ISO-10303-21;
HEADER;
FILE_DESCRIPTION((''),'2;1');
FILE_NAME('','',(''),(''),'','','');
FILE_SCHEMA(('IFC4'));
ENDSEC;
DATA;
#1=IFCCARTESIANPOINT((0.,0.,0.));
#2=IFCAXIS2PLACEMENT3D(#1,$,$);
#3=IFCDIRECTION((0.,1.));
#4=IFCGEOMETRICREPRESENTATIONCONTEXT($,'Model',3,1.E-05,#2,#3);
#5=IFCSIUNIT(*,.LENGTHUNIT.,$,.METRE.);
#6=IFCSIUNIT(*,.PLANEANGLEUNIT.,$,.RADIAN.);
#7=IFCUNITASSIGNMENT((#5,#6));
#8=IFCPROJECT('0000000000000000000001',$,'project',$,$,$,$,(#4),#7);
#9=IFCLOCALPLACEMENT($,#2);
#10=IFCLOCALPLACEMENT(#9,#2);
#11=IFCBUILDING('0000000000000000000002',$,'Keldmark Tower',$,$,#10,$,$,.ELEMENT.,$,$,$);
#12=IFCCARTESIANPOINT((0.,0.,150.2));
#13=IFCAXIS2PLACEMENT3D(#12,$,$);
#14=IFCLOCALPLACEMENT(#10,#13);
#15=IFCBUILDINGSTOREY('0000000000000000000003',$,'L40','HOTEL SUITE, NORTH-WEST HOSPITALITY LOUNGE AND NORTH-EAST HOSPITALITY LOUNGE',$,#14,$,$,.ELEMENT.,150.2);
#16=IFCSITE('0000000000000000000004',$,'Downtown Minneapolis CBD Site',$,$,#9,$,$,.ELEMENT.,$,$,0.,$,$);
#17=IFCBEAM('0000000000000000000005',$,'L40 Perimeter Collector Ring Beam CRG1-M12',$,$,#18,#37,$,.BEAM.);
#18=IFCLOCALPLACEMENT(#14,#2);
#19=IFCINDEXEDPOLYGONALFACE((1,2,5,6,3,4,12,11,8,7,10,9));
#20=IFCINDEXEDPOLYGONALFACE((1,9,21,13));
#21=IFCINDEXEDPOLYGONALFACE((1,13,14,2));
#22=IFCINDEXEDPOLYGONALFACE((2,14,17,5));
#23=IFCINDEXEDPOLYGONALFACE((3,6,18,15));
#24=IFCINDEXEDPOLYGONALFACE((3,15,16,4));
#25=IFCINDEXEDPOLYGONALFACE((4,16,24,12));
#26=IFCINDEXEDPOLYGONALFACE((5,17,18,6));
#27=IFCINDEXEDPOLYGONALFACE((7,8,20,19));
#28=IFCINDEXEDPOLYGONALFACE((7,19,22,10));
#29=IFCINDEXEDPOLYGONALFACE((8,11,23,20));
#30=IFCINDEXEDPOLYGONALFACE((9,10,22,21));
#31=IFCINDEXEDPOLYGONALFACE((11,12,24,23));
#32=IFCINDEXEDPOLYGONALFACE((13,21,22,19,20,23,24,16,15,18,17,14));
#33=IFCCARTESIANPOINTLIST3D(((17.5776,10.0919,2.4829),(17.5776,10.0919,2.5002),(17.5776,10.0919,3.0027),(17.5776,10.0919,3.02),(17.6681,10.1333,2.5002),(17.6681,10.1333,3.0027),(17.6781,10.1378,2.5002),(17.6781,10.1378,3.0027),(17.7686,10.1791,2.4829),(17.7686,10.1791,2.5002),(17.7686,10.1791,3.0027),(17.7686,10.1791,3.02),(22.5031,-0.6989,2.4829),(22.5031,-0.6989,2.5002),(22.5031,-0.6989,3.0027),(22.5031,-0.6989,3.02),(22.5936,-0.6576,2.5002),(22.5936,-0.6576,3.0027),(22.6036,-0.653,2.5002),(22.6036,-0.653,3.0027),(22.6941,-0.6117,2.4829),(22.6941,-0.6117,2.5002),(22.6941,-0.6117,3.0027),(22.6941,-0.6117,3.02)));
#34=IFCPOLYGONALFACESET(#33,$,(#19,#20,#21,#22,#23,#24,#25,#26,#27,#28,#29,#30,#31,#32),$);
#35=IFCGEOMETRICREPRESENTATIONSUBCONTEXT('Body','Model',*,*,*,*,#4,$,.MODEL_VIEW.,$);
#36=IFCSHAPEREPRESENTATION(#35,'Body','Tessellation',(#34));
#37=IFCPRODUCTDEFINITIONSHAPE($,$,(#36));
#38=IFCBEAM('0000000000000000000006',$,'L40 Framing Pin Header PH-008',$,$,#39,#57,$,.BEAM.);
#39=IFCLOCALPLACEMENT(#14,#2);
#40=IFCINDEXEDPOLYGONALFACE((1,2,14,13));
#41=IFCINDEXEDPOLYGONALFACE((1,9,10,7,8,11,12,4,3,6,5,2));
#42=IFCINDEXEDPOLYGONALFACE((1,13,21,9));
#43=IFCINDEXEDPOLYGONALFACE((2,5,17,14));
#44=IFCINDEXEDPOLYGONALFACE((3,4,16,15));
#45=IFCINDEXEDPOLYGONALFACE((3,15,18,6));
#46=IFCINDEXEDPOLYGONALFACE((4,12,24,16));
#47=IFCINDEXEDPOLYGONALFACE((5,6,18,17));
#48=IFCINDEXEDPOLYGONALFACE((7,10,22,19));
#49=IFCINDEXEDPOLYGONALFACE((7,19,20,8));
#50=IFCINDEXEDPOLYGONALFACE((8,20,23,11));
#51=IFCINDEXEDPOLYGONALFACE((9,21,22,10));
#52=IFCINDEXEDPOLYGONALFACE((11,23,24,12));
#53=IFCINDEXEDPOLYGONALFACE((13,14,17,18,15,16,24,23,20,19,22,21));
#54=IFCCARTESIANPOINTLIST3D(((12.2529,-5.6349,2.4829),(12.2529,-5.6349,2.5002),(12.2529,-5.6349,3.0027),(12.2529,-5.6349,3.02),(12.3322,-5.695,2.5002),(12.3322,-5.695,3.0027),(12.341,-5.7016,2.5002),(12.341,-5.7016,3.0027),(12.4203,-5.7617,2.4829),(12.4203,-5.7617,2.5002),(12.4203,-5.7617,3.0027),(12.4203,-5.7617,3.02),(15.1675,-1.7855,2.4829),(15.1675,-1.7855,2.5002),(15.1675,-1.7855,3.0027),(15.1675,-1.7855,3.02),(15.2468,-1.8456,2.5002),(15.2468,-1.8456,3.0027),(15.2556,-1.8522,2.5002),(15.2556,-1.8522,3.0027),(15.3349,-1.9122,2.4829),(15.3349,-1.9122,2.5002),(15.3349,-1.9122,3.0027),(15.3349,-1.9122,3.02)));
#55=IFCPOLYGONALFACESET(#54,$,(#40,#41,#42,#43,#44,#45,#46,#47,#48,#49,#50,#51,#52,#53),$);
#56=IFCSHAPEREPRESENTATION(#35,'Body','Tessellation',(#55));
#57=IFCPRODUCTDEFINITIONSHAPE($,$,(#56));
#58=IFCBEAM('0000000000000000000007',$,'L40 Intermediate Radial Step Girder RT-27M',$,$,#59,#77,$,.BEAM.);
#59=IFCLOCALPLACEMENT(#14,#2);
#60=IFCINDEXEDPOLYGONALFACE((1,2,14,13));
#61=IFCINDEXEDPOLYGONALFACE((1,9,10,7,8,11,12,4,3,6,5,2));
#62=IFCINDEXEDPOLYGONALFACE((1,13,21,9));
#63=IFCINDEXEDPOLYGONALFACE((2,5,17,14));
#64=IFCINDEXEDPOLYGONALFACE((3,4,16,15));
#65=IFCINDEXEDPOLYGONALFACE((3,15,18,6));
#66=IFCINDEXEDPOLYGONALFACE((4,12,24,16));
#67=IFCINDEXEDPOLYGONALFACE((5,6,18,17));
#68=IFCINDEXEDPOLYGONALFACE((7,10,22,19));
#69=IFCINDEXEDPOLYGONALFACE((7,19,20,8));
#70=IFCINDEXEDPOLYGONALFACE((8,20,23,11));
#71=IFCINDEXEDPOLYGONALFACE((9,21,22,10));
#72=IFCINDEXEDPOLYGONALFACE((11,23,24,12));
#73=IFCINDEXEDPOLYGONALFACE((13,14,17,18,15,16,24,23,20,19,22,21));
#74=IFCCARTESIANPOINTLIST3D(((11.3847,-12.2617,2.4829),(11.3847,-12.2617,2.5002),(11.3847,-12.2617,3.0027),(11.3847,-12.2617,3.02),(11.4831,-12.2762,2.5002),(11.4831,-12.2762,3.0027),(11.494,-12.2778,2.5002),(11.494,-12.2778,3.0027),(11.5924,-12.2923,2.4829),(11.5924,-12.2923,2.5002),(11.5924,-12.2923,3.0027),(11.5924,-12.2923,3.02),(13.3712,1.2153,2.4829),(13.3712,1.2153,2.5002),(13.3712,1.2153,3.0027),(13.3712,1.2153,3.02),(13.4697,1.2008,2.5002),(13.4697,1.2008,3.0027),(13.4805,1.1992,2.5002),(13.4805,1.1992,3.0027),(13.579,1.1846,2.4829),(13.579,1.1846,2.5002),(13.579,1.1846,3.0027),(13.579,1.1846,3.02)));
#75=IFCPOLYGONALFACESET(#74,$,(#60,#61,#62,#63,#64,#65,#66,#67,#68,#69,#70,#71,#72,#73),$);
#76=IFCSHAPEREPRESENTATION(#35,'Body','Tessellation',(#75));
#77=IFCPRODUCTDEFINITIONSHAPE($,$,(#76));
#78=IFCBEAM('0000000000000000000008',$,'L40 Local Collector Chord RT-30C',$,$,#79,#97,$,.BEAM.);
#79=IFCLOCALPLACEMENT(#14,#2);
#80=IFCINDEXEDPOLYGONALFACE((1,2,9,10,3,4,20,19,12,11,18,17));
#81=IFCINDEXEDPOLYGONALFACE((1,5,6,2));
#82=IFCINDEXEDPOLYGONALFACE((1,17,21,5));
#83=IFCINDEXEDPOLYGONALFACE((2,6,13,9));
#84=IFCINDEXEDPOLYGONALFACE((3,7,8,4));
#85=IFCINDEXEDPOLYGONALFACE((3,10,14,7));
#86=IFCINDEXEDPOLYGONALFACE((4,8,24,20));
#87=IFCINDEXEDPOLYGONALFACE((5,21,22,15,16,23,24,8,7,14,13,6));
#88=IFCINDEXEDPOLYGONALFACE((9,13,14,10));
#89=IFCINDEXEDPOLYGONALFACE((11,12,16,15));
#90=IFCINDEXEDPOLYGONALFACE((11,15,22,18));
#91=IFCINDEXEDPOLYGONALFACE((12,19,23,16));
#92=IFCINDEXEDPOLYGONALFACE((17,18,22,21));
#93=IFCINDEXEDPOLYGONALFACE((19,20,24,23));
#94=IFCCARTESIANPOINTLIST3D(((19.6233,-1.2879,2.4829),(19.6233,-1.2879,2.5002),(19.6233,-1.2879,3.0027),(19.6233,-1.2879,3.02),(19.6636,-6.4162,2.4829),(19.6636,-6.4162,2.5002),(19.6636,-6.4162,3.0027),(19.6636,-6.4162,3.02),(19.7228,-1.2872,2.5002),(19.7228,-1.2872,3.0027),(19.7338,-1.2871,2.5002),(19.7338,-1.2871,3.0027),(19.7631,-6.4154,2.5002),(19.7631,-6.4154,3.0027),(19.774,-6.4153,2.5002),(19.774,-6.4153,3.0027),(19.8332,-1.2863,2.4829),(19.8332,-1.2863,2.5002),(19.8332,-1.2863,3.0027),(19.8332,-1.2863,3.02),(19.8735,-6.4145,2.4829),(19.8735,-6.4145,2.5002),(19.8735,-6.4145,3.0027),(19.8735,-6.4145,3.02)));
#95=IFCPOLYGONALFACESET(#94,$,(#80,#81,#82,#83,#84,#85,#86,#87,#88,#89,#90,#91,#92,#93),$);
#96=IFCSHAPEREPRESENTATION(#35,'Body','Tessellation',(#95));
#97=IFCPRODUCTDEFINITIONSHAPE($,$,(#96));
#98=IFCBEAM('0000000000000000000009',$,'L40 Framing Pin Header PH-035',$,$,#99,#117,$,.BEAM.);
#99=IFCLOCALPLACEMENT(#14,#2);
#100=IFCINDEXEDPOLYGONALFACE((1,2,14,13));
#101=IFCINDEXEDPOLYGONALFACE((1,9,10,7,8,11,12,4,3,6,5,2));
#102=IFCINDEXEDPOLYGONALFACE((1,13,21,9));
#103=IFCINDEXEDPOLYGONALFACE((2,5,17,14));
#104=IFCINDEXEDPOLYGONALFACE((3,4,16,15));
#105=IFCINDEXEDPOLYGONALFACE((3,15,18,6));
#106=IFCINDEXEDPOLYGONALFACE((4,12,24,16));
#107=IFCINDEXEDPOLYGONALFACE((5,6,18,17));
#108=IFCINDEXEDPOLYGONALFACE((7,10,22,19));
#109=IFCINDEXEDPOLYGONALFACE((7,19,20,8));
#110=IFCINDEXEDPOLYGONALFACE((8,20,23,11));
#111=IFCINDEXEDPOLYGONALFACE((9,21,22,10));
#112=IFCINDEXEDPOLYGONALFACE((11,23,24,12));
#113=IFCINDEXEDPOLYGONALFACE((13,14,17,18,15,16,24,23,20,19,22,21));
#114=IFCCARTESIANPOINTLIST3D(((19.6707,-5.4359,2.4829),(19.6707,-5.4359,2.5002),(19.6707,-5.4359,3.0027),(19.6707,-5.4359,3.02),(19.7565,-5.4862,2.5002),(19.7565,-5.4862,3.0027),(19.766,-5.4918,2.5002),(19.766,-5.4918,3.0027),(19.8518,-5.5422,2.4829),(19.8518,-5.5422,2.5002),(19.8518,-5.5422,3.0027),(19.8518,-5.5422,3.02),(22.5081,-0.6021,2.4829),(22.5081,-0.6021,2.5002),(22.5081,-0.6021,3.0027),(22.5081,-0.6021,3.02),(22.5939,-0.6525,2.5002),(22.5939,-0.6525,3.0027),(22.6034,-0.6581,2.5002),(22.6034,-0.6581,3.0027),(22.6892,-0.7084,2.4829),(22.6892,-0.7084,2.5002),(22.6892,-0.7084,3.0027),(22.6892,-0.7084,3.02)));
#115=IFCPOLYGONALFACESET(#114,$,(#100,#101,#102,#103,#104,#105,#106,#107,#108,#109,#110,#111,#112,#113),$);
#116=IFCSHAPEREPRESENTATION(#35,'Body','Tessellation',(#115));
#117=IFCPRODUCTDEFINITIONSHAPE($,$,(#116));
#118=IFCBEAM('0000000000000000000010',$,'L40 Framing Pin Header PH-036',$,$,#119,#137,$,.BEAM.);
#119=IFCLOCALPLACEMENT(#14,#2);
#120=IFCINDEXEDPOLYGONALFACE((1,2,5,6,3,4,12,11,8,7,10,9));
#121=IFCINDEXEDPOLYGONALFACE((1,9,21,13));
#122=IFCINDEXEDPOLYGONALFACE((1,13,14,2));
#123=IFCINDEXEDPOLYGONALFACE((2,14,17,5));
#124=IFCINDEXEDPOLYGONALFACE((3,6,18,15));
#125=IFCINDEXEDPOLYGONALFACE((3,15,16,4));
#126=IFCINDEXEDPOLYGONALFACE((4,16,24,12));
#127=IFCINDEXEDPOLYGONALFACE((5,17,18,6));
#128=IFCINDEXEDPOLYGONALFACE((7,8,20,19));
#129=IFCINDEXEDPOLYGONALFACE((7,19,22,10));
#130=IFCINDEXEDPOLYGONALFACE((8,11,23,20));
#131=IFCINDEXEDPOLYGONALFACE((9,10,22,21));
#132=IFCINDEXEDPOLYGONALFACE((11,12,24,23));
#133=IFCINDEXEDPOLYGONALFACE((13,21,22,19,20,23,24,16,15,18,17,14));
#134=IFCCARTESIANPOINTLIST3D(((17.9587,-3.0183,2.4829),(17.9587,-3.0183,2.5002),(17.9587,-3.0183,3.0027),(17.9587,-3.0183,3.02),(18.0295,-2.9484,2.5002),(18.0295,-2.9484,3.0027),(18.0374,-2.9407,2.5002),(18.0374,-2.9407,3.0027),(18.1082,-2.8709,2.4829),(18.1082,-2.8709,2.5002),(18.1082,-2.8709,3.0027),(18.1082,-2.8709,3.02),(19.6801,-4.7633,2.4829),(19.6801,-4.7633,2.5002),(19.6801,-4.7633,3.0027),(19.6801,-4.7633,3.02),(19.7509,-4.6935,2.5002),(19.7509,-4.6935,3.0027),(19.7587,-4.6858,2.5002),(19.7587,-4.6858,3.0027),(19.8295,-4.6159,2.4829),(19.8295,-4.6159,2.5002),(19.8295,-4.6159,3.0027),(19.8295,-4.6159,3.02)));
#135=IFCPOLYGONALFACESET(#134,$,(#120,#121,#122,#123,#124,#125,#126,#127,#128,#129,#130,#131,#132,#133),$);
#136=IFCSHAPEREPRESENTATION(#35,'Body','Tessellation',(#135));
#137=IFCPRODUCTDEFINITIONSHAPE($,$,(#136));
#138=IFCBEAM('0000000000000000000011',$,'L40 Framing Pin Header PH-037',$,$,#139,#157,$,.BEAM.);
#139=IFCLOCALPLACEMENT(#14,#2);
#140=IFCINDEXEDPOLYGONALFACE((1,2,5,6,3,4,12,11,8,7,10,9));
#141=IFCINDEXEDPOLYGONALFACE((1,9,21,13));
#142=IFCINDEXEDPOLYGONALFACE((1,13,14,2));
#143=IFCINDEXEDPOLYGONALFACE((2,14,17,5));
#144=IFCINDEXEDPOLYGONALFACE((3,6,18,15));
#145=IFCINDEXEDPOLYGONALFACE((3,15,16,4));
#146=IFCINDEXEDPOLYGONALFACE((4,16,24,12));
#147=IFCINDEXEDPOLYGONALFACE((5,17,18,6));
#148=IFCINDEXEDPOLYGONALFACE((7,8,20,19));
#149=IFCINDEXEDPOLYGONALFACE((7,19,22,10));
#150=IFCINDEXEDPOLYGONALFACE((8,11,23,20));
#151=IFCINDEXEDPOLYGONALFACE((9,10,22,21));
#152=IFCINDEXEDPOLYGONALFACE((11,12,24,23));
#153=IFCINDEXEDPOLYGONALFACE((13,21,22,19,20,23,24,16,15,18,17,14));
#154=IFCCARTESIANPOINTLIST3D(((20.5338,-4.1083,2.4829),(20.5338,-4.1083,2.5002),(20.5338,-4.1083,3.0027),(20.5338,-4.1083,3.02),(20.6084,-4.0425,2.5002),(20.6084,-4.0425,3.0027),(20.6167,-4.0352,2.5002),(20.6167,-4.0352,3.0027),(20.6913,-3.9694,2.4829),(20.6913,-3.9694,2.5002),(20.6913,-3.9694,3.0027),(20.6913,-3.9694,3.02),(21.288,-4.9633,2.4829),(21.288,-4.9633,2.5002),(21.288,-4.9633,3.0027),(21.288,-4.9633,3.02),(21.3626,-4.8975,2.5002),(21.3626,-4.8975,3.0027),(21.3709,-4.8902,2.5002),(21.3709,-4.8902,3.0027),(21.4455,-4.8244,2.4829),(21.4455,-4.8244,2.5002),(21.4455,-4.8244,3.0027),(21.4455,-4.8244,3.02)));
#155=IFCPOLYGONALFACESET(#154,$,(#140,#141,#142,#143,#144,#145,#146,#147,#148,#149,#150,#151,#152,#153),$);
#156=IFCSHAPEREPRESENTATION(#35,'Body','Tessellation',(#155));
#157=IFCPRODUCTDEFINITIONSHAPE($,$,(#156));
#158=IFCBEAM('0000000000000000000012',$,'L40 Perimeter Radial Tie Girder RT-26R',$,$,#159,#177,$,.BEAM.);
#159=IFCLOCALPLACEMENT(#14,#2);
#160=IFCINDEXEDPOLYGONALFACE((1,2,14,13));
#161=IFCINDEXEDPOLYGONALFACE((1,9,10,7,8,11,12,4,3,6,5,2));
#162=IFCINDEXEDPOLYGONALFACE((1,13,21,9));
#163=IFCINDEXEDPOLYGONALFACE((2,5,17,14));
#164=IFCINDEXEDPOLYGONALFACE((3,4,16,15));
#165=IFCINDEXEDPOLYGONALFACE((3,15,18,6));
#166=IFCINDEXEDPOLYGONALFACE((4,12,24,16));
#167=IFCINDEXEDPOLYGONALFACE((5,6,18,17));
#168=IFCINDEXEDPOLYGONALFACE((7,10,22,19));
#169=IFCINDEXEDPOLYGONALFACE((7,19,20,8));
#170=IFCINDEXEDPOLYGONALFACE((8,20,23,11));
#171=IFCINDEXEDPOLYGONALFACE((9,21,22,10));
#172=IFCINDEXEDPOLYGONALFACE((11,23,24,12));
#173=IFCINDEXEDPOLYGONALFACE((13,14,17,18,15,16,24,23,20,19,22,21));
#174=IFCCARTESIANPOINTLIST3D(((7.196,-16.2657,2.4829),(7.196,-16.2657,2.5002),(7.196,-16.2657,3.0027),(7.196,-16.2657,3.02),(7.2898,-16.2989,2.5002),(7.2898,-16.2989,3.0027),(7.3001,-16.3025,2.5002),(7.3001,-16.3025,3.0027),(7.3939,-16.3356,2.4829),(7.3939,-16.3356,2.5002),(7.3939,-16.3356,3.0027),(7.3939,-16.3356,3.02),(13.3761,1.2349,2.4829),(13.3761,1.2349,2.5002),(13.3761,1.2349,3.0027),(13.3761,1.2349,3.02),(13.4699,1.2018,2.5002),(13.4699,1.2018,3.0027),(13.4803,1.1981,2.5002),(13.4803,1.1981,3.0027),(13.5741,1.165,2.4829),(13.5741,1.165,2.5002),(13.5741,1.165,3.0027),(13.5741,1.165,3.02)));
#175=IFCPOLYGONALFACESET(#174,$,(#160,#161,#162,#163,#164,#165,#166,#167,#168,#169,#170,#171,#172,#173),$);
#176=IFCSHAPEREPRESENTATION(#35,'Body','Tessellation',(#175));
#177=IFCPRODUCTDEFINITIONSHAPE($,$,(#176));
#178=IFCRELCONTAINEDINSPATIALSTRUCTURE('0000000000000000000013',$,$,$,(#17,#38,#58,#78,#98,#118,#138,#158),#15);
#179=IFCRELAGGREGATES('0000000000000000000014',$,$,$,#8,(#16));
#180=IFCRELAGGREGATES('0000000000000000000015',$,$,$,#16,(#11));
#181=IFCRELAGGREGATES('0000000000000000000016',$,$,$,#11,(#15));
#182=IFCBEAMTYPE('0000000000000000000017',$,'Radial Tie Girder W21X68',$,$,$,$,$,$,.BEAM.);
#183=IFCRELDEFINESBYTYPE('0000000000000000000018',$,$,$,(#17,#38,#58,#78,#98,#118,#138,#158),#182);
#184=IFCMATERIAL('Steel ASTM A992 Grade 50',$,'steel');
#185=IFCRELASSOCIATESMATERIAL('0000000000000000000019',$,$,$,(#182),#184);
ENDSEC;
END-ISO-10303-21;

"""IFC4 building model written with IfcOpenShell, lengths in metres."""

from ifc_helpers import new_model, si_unit, direction, frame, origin, origin_2d, place, context, subcontext, project, spatial, i_section, extrude, material, material_profile, profile_set, type_object, element, save


model = new_model("IFC4")

# Units and contexts
model_context = context("Model", 3, precision=1e-05, world=origin(), true_north=direction((0.0, 1.0)))
body_context = subcontext(model_context, "Body", "Model", "MODEL_VIEW")
ifc_project = project(units=[si_unit("LENGTHUNIT", "METRE"), si_unit("PLANEANGLEUNIT", "RADIAN")], contexts=[model_context])

# Site, building, storey
site_placement = place(None, origin())
site = spatial("IfcSite", under=ifc_project, at=site_placement, Name="Downtown Minneapolis CBD Site", CompositionType="ELEMENT", RefElevation=0.0)
building_placement = place(site_placement, origin())
building = spatial("IfcBuilding", under=site, at=building_placement, Name="Keldmark Tower", CompositionType="ELEMENT")
storey_placement = place(building_placement, frame((0.0, 0.0, 150.2)))
storey = spatial("IfcBuildingStorey", under=building, at=storey_placement, Name="L40", Description="HOTEL SUITE, NORTH-WEST HOSPITALITY LOUNGE AND NORTH-EAST HOSPITALITY LOUNGE", CompositionType="ELEMENT", Elevation=150.2)

# Beams
ifc_material_1 = material(Name="Steel ASTM A992 Grade 50", Category="steel")
ifc_material_profile_1 = material_profile(ifc_material_1, i_section(OverallWidth=0.21, OverallDepth=0.5371, WebThickness=0.011, FlangeThickness=0.0173, at=origin_2d()), Name="W21X68")
ifc_profile_set_1 = profile_set([ifc_material_profile_1], Name="Steel ASTM A992 Grade 50")
beam_type_1 = type_object("IfcBeamType", Name="Radial Tie Girder W21X68", PredefinedType="BEAM", material=ifc_profile_set_1)
beam_1_placement = place(storey_placement, frame((22.5986, -0.6553, 2.7515), z_axis=(-0.415245, 0.90971, 0.0), x_axis=(-0.90971, -0.415245, 0.0)))
element("IfcBeam", 1, at=beam_1_placement, inside=storey, type_object=beam_type_1, Name="L40 Perimeter Collector Ring Beam CRG1-M12", PredefinedType="BEAM", context=body_context, shape_type="SweptSolid", body=[
    extrude(i_section(OverallWidth=0.21, OverallDepth=0.5371, WebThickness=0.011, FlangeThickness=0.0173, at=origin_2d()), origin(), (0.0, 0.0, 1.0), 11.8618),
])
beam_2_placement = place(storey_placement, frame((15.2512, -1.8489, 2.7515), z_axis=(-0.603643, -0.797255, 0.0), x_axis=(0.797255, -0.603643, 0.0)))
element("IfcBeam", 2, at=beam_2_placement, inside=storey, type_object=beam_type_1, Name="L40 Framing Pin Header PH-008", PredefinedType="BEAM", context=body_context, shape_type="SweptSolid", body=[
    extrude(i_section(OverallWidth=0.21, OverallDepth=0.5371, WebThickness=0.011, FlangeThickness=0.0173, at=origin_2d()), origin(), (0.0, 0.0, 1.0), 4.8284),
])
beam_3_placement = place(storey_placement, frame((13.4751, 1.2, 2.7515), z_axis=(-0.145828, -0.98931, 0.0), x_axis=(0.98931, -0.145828, 0.0)))
element("IfcBeam", 3, at=beam_3_placement, inside=storey, type_object=beam_type_1, Name="L40 Intermediate Radial Step Girder RT-27M", PredefinedType="BEAM", context=body_context, shape_type="SweptSolid", body=[
    extrude(i_section(OverallWidth=0.21, OverallDepth=0.5371, WebThickness=0.011, FlangeThickness=0.0173, at=origin_2d()), origin(), (0.0, 0.0, 1.0), 13.6226),
])
beam_4_placement = place(storey_placement, frame((19.7283, -1.2871, 2.7515), z_axis=(0.007855, -0.999969, 0.0), x_axis=(0.999969, 0.007855, 0.0)))
element("IfcBeam", 4, at=beam_4_placement, inside=storey, type_object=beam_type_1, Name="L40 Local Collector Chord RT-30C", PredefinedType="BEAM", context=body_context, shape_type="SweptSolid", body=[
    extrude(i_section(OverallWidth=0.21, OverallDepth=0.5371, WebThickness=0.011, FlangeThickness=0.0173, at=origin_2d()), origin(), (0.0, 0.0, 1.0), 5.1284),
])
beam_5_placement = place(storey_placement, frame((22.5986, -0.6553, 2.7515), z_axis=(-0.506228, -0.8624, 0.0), x_axis=(0.8624, -0.506228, 0.0)))
element("IfcBeam", 5, at=beam_5_placement, inside=storey, type_object=beam_type_1, Name="L40 Framing Pin Header PH-035", PredefinedType="BEAM", context=body_context, shape_type="SweptSolid", body=[
    extrude(i_section(OverallWidth=0.21, OverallDepth=0.5371, WebThickness=0.011, FlangeThickness=0.0173, at=origin_2d()), origin(), (0.0, 0.0, 1.0), 5.605),
])
beam_6_placement = place(storey_placement, frame((18.0334, -2.9446, 2.7515), z_axis=(0.70226, -0.711921, 0.0), x_axis=(0.711921, 0.70226, 0.0)))
element("IfcBeam", 6, at=beam_6_placement, inside=storey, type_object=beam_type_1, Name="L40 Framing Pin Header PH-036", PredefinedType="BEAM", context=body_context, shape_type="SweptSolid", body=[
    extrude(i_section(OverallWidth=0.21, OverallDepth=0.5371, WebThickness=0.011, FlangeThickness=0.0173, at=origin_2d()), origin(), (0.0, 0.0, 1.0), 2.4512),
])
beam_7_placement = place(storey_placement, frame((20.6125, -4.0388, 2.7515), z_axis=(0.661501, -0.749944, 0.0), x_axis=(0.749944, 0.661501, 0.0)))
element("IfcBeam", 7, at=beam_7_placement, inside=storey, type_object=beam_type_1, Name="L40 Framing Pin Header PH-037", PredefinedType="BEAM", context=body_context, shape_type="SweptSolid", body=[
    extrude(i_section(OverallWidth=0.21, OverallDepth=0.5371, WebThickness=0.011, FlangeThickness=0.0173, at=origin_2d()), origin(), (0.0, 0.0, 1.0), 1.1401),
])
beam_8_placement = place(storey_placement, frame((13.4751, 1.2, 2.7515), z_axis=(-0.332985, -0.942932, 0.0), x_axis=(0.942932, -0.332985, 0.0)))
element("IfcBeam", 8, at=beam_8_placement, inside=storey, type_object=beam_type_1, Name="L40 Perimeter Radial Tie Girder RT-26R", PredefinedType="BEAM", context=body_context, shape_type="SweptSolid", body=[
    extrude(i_section(OverallWidth=0.21, OverallDepth=0.5371, WebThickness=0.011, FlangeThickness=0.0173, at=origin_2d()), origin(), (0.0, 0.0, 1.0), 18.5598),
])

save(model, "model.ifc")
